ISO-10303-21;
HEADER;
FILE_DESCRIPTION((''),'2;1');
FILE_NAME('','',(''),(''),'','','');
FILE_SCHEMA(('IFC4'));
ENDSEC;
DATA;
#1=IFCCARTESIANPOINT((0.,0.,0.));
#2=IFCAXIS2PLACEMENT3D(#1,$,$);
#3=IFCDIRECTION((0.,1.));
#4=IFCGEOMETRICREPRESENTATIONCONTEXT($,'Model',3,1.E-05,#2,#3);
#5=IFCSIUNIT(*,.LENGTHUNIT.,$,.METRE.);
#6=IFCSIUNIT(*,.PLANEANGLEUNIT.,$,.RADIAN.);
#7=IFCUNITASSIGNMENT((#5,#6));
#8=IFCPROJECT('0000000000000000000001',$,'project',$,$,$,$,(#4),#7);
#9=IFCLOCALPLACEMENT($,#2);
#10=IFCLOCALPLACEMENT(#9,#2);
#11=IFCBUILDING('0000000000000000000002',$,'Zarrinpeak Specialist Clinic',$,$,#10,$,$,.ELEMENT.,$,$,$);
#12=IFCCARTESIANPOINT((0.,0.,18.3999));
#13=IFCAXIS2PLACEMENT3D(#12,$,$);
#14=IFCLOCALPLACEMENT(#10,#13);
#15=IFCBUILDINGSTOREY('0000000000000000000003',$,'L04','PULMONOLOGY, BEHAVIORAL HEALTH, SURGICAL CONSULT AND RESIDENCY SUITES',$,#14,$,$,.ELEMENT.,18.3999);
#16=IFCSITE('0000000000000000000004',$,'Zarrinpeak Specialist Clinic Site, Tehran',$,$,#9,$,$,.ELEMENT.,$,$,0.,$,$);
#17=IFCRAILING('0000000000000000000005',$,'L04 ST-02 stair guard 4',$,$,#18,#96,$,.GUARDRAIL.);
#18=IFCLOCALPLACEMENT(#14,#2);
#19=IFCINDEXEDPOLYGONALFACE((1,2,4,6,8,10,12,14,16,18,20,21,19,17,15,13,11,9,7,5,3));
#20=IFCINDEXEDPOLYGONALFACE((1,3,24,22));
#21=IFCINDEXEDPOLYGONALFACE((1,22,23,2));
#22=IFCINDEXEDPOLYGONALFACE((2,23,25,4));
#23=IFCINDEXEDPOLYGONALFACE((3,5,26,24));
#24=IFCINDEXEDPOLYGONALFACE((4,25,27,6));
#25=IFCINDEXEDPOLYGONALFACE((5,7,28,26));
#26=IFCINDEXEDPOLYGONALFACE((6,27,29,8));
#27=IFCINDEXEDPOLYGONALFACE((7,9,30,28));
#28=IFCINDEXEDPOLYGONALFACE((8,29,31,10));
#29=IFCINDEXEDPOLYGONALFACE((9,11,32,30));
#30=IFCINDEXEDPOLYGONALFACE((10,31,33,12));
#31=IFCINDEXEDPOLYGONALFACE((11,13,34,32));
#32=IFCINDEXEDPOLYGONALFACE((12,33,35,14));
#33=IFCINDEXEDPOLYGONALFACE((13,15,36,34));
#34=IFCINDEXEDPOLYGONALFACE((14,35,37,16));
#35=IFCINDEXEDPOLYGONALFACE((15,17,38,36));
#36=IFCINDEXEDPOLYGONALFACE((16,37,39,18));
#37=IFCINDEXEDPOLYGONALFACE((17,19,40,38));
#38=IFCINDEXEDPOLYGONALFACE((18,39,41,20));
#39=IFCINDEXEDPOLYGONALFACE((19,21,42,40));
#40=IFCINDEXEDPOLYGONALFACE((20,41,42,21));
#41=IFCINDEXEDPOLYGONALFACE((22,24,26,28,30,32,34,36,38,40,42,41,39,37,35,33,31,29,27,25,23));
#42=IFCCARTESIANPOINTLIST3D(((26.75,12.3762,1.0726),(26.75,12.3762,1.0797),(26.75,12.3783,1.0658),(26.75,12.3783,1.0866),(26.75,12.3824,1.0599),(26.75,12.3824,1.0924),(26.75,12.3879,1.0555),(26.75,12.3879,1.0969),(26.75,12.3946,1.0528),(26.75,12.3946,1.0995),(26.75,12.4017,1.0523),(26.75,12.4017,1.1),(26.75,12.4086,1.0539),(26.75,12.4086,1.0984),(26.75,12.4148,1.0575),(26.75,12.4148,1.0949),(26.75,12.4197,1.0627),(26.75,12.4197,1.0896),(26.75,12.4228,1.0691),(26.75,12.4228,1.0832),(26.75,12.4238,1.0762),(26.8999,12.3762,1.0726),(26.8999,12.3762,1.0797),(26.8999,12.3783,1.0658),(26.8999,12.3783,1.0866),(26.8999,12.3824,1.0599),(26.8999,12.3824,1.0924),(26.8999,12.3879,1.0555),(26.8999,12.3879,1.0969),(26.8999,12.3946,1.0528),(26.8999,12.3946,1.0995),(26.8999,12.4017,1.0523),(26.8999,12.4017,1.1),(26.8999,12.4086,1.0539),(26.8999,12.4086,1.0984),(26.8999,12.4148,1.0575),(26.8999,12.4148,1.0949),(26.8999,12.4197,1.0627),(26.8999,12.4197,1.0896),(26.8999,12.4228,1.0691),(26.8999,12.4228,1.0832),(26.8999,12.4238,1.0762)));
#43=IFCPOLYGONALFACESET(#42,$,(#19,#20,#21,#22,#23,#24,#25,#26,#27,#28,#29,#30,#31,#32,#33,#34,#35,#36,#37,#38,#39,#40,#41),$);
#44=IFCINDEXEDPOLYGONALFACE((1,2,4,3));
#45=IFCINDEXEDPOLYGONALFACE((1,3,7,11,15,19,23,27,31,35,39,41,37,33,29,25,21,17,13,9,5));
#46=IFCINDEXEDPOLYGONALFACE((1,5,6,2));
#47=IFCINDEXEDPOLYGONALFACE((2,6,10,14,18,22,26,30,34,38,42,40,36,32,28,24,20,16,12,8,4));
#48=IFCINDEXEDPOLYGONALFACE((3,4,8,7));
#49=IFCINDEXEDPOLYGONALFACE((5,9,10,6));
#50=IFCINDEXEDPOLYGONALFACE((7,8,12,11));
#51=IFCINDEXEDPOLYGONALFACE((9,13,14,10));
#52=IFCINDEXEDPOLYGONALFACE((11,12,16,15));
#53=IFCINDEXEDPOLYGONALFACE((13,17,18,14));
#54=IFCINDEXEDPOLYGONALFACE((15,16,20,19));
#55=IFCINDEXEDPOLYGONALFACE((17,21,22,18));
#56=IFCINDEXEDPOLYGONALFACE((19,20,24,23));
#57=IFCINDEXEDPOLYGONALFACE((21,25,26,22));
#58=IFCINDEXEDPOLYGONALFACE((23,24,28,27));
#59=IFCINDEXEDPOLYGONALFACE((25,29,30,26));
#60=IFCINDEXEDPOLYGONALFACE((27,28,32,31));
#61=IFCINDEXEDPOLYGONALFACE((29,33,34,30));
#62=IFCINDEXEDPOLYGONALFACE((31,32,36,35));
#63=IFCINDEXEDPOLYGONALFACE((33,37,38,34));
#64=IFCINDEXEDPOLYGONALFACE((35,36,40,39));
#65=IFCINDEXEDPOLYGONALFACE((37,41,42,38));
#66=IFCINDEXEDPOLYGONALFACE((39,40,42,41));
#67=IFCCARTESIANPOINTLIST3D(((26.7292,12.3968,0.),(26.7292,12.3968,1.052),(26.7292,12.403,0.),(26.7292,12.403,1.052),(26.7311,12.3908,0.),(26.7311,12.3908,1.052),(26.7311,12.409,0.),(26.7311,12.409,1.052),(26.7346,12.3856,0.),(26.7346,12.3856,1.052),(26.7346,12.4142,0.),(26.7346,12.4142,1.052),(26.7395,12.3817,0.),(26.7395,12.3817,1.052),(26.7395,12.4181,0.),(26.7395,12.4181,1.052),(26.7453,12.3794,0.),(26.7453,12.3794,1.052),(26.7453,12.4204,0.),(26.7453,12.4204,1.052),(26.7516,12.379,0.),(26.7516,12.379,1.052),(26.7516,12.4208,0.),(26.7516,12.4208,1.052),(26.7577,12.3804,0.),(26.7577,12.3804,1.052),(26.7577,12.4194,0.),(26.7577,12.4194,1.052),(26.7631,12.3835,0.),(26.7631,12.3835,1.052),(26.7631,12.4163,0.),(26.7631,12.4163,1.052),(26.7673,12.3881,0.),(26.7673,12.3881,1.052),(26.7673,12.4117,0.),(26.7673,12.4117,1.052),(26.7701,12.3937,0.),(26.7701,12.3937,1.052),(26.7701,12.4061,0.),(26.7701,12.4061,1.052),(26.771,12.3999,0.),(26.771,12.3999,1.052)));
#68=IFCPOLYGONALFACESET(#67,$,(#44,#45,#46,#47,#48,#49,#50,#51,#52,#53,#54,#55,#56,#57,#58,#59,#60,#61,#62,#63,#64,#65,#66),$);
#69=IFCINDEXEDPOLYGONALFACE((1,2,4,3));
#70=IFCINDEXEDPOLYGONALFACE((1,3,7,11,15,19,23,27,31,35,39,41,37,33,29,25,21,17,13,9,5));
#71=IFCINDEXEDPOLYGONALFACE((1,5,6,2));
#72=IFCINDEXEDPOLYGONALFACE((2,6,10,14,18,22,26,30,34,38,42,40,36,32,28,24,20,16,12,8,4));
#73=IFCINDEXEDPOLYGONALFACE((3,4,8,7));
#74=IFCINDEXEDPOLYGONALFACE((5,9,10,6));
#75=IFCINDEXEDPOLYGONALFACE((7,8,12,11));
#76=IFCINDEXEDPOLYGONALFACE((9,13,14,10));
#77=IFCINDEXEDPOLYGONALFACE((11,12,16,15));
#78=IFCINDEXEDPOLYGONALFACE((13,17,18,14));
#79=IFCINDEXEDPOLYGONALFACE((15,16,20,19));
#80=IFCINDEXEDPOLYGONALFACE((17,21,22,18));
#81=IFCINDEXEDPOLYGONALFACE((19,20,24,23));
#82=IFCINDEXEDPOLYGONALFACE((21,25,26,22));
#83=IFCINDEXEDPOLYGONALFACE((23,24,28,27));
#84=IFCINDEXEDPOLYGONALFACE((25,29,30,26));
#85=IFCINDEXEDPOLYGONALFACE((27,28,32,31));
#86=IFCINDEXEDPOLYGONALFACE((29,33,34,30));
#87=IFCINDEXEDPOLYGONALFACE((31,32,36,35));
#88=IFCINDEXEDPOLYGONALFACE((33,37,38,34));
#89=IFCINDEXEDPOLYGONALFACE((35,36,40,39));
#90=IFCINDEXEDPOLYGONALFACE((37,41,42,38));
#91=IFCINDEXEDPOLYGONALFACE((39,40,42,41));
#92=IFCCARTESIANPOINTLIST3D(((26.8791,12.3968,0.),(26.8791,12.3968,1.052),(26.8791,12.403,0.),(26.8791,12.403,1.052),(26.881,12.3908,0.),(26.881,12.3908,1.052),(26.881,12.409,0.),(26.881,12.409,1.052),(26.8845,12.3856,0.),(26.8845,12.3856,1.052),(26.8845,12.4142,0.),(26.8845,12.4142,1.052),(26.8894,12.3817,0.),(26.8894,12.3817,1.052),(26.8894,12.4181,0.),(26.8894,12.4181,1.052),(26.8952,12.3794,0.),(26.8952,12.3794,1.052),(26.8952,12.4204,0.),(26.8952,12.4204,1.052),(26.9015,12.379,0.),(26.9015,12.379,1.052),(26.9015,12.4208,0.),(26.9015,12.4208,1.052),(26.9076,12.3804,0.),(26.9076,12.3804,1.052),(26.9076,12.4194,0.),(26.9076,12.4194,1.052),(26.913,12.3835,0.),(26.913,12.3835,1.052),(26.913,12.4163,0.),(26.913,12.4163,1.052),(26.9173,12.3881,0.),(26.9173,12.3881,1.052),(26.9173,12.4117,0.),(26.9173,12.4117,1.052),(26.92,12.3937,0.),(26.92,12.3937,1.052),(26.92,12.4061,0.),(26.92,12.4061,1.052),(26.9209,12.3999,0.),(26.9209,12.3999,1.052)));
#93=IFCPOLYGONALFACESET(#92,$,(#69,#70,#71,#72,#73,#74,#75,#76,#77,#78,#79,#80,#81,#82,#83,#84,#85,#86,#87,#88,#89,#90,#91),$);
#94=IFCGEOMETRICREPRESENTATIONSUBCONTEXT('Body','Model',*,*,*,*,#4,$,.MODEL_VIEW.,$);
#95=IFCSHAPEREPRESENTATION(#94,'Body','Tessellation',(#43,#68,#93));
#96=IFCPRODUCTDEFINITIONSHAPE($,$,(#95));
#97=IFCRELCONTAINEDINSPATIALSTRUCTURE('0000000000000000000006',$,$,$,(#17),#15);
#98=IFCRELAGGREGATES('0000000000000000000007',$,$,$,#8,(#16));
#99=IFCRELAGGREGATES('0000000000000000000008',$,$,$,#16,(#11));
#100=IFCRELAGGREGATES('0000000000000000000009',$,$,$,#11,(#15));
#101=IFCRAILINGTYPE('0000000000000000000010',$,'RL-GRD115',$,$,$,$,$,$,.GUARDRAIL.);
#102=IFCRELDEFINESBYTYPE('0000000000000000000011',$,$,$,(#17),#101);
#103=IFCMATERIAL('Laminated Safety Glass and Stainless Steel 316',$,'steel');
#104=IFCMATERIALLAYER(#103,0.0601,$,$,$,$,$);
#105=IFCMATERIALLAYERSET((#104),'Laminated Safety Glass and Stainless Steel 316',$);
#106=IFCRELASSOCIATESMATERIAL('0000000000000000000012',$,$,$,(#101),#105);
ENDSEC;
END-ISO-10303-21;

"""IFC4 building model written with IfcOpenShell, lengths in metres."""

from ifc_helpers import new_model, si_unit, direction, frame, origin, origin_2d, place, context, subcontext, project, spatial, circle, extrude, material, layer, layer_set, type_object, element, save


model = new_model("IFC4")

# Units and contexts
model_context = context("Model", 3, precision=1e-05, world=origin(), true_north=direction((0.0, 1.0)))
body_context = subcontext(model_context, "Body", "Model", "MODEL_VIEW")
ifc_project = project(units=[si_unit("LENGTHUNIT", "METRE"), si_unit("PLANEANGLEUNIT", "RADIAN")], contexts=[model_context])

# Site, building, storey
site_placement = place(None, origin())
site = spatial("IfcSite", under=ifc_project, at=site_placement, Name="Zarrinpeak Specialist Clinic Site, Tehran", CompositionType="ELEMENT", RefElevation=0.0)
building_placement = place(site_placement, origin())
building = spatial("IfcBuilding", under=site, at=building_placement, Name="Zarrinpeak Specialist Clinic", CompositionType="ELEMENT")
storey_placement = place(building_placement, frame((0.0, 0.0, 18.3999)))
storey = spatial("IfcBuildingStorey", under=building, at=storey_placement, Name="L04", Description="PULMONOLOGY, BEHAVIORAL HEALTH, SURGICAL CONSULT AND RESIDENCY SUITES", CompositionType="ELEMENT", Elevation=18.3999)

# Railing
ifc_material_1 = material(Name="Laminated Safety Glass and Stainless Steel 316", Category="steel")
ifc_layer_1 = layer(ifc_material_1, 0.0601)
ifc_layer_set_1 = layer_set([ifc_layer_1], Name="Laminated Safety Glass and Stainless Steel 316")
railing_type_1 = type_object("IfcRailingType", Name="RL-GRD115", PredefinedType="GUARDRAIL", material=ifc_layer_set_1)
railing_1_placement = place(storey_placement, frame((26.75, 12.3999, 0.0)))
element("IfcRailing", 1, at=railing_1_placement, inside=storey, type_object=railing_type_1, Name="L04 ST-02 stair guard 4", PredefinedType="GUARDRAIL", context=body_context, shape_type="SweptSolid", body=[
    extrude(circle(Radius=0.0239, at=origin_2d()), frame((0.0, 0.0, 1.0762), z_axis=(1.0, 0.0, 0.0), x_axis=(0.0, 1.0, 0.0)), (0.0, 0.0, 1.0), 0.1499),
    extrude(circle(Radius=0.021, at=origin_2d()), origin(), (0.0, 0.0, 1.0), 1.052),
    extrude(circle(Radius=0.021, at=origin_2d()), frame((0.1499, 0.0, 0.0)), (0.0, 0.0, 1.0), 1.052),
])

save(model, "model.ifc")
